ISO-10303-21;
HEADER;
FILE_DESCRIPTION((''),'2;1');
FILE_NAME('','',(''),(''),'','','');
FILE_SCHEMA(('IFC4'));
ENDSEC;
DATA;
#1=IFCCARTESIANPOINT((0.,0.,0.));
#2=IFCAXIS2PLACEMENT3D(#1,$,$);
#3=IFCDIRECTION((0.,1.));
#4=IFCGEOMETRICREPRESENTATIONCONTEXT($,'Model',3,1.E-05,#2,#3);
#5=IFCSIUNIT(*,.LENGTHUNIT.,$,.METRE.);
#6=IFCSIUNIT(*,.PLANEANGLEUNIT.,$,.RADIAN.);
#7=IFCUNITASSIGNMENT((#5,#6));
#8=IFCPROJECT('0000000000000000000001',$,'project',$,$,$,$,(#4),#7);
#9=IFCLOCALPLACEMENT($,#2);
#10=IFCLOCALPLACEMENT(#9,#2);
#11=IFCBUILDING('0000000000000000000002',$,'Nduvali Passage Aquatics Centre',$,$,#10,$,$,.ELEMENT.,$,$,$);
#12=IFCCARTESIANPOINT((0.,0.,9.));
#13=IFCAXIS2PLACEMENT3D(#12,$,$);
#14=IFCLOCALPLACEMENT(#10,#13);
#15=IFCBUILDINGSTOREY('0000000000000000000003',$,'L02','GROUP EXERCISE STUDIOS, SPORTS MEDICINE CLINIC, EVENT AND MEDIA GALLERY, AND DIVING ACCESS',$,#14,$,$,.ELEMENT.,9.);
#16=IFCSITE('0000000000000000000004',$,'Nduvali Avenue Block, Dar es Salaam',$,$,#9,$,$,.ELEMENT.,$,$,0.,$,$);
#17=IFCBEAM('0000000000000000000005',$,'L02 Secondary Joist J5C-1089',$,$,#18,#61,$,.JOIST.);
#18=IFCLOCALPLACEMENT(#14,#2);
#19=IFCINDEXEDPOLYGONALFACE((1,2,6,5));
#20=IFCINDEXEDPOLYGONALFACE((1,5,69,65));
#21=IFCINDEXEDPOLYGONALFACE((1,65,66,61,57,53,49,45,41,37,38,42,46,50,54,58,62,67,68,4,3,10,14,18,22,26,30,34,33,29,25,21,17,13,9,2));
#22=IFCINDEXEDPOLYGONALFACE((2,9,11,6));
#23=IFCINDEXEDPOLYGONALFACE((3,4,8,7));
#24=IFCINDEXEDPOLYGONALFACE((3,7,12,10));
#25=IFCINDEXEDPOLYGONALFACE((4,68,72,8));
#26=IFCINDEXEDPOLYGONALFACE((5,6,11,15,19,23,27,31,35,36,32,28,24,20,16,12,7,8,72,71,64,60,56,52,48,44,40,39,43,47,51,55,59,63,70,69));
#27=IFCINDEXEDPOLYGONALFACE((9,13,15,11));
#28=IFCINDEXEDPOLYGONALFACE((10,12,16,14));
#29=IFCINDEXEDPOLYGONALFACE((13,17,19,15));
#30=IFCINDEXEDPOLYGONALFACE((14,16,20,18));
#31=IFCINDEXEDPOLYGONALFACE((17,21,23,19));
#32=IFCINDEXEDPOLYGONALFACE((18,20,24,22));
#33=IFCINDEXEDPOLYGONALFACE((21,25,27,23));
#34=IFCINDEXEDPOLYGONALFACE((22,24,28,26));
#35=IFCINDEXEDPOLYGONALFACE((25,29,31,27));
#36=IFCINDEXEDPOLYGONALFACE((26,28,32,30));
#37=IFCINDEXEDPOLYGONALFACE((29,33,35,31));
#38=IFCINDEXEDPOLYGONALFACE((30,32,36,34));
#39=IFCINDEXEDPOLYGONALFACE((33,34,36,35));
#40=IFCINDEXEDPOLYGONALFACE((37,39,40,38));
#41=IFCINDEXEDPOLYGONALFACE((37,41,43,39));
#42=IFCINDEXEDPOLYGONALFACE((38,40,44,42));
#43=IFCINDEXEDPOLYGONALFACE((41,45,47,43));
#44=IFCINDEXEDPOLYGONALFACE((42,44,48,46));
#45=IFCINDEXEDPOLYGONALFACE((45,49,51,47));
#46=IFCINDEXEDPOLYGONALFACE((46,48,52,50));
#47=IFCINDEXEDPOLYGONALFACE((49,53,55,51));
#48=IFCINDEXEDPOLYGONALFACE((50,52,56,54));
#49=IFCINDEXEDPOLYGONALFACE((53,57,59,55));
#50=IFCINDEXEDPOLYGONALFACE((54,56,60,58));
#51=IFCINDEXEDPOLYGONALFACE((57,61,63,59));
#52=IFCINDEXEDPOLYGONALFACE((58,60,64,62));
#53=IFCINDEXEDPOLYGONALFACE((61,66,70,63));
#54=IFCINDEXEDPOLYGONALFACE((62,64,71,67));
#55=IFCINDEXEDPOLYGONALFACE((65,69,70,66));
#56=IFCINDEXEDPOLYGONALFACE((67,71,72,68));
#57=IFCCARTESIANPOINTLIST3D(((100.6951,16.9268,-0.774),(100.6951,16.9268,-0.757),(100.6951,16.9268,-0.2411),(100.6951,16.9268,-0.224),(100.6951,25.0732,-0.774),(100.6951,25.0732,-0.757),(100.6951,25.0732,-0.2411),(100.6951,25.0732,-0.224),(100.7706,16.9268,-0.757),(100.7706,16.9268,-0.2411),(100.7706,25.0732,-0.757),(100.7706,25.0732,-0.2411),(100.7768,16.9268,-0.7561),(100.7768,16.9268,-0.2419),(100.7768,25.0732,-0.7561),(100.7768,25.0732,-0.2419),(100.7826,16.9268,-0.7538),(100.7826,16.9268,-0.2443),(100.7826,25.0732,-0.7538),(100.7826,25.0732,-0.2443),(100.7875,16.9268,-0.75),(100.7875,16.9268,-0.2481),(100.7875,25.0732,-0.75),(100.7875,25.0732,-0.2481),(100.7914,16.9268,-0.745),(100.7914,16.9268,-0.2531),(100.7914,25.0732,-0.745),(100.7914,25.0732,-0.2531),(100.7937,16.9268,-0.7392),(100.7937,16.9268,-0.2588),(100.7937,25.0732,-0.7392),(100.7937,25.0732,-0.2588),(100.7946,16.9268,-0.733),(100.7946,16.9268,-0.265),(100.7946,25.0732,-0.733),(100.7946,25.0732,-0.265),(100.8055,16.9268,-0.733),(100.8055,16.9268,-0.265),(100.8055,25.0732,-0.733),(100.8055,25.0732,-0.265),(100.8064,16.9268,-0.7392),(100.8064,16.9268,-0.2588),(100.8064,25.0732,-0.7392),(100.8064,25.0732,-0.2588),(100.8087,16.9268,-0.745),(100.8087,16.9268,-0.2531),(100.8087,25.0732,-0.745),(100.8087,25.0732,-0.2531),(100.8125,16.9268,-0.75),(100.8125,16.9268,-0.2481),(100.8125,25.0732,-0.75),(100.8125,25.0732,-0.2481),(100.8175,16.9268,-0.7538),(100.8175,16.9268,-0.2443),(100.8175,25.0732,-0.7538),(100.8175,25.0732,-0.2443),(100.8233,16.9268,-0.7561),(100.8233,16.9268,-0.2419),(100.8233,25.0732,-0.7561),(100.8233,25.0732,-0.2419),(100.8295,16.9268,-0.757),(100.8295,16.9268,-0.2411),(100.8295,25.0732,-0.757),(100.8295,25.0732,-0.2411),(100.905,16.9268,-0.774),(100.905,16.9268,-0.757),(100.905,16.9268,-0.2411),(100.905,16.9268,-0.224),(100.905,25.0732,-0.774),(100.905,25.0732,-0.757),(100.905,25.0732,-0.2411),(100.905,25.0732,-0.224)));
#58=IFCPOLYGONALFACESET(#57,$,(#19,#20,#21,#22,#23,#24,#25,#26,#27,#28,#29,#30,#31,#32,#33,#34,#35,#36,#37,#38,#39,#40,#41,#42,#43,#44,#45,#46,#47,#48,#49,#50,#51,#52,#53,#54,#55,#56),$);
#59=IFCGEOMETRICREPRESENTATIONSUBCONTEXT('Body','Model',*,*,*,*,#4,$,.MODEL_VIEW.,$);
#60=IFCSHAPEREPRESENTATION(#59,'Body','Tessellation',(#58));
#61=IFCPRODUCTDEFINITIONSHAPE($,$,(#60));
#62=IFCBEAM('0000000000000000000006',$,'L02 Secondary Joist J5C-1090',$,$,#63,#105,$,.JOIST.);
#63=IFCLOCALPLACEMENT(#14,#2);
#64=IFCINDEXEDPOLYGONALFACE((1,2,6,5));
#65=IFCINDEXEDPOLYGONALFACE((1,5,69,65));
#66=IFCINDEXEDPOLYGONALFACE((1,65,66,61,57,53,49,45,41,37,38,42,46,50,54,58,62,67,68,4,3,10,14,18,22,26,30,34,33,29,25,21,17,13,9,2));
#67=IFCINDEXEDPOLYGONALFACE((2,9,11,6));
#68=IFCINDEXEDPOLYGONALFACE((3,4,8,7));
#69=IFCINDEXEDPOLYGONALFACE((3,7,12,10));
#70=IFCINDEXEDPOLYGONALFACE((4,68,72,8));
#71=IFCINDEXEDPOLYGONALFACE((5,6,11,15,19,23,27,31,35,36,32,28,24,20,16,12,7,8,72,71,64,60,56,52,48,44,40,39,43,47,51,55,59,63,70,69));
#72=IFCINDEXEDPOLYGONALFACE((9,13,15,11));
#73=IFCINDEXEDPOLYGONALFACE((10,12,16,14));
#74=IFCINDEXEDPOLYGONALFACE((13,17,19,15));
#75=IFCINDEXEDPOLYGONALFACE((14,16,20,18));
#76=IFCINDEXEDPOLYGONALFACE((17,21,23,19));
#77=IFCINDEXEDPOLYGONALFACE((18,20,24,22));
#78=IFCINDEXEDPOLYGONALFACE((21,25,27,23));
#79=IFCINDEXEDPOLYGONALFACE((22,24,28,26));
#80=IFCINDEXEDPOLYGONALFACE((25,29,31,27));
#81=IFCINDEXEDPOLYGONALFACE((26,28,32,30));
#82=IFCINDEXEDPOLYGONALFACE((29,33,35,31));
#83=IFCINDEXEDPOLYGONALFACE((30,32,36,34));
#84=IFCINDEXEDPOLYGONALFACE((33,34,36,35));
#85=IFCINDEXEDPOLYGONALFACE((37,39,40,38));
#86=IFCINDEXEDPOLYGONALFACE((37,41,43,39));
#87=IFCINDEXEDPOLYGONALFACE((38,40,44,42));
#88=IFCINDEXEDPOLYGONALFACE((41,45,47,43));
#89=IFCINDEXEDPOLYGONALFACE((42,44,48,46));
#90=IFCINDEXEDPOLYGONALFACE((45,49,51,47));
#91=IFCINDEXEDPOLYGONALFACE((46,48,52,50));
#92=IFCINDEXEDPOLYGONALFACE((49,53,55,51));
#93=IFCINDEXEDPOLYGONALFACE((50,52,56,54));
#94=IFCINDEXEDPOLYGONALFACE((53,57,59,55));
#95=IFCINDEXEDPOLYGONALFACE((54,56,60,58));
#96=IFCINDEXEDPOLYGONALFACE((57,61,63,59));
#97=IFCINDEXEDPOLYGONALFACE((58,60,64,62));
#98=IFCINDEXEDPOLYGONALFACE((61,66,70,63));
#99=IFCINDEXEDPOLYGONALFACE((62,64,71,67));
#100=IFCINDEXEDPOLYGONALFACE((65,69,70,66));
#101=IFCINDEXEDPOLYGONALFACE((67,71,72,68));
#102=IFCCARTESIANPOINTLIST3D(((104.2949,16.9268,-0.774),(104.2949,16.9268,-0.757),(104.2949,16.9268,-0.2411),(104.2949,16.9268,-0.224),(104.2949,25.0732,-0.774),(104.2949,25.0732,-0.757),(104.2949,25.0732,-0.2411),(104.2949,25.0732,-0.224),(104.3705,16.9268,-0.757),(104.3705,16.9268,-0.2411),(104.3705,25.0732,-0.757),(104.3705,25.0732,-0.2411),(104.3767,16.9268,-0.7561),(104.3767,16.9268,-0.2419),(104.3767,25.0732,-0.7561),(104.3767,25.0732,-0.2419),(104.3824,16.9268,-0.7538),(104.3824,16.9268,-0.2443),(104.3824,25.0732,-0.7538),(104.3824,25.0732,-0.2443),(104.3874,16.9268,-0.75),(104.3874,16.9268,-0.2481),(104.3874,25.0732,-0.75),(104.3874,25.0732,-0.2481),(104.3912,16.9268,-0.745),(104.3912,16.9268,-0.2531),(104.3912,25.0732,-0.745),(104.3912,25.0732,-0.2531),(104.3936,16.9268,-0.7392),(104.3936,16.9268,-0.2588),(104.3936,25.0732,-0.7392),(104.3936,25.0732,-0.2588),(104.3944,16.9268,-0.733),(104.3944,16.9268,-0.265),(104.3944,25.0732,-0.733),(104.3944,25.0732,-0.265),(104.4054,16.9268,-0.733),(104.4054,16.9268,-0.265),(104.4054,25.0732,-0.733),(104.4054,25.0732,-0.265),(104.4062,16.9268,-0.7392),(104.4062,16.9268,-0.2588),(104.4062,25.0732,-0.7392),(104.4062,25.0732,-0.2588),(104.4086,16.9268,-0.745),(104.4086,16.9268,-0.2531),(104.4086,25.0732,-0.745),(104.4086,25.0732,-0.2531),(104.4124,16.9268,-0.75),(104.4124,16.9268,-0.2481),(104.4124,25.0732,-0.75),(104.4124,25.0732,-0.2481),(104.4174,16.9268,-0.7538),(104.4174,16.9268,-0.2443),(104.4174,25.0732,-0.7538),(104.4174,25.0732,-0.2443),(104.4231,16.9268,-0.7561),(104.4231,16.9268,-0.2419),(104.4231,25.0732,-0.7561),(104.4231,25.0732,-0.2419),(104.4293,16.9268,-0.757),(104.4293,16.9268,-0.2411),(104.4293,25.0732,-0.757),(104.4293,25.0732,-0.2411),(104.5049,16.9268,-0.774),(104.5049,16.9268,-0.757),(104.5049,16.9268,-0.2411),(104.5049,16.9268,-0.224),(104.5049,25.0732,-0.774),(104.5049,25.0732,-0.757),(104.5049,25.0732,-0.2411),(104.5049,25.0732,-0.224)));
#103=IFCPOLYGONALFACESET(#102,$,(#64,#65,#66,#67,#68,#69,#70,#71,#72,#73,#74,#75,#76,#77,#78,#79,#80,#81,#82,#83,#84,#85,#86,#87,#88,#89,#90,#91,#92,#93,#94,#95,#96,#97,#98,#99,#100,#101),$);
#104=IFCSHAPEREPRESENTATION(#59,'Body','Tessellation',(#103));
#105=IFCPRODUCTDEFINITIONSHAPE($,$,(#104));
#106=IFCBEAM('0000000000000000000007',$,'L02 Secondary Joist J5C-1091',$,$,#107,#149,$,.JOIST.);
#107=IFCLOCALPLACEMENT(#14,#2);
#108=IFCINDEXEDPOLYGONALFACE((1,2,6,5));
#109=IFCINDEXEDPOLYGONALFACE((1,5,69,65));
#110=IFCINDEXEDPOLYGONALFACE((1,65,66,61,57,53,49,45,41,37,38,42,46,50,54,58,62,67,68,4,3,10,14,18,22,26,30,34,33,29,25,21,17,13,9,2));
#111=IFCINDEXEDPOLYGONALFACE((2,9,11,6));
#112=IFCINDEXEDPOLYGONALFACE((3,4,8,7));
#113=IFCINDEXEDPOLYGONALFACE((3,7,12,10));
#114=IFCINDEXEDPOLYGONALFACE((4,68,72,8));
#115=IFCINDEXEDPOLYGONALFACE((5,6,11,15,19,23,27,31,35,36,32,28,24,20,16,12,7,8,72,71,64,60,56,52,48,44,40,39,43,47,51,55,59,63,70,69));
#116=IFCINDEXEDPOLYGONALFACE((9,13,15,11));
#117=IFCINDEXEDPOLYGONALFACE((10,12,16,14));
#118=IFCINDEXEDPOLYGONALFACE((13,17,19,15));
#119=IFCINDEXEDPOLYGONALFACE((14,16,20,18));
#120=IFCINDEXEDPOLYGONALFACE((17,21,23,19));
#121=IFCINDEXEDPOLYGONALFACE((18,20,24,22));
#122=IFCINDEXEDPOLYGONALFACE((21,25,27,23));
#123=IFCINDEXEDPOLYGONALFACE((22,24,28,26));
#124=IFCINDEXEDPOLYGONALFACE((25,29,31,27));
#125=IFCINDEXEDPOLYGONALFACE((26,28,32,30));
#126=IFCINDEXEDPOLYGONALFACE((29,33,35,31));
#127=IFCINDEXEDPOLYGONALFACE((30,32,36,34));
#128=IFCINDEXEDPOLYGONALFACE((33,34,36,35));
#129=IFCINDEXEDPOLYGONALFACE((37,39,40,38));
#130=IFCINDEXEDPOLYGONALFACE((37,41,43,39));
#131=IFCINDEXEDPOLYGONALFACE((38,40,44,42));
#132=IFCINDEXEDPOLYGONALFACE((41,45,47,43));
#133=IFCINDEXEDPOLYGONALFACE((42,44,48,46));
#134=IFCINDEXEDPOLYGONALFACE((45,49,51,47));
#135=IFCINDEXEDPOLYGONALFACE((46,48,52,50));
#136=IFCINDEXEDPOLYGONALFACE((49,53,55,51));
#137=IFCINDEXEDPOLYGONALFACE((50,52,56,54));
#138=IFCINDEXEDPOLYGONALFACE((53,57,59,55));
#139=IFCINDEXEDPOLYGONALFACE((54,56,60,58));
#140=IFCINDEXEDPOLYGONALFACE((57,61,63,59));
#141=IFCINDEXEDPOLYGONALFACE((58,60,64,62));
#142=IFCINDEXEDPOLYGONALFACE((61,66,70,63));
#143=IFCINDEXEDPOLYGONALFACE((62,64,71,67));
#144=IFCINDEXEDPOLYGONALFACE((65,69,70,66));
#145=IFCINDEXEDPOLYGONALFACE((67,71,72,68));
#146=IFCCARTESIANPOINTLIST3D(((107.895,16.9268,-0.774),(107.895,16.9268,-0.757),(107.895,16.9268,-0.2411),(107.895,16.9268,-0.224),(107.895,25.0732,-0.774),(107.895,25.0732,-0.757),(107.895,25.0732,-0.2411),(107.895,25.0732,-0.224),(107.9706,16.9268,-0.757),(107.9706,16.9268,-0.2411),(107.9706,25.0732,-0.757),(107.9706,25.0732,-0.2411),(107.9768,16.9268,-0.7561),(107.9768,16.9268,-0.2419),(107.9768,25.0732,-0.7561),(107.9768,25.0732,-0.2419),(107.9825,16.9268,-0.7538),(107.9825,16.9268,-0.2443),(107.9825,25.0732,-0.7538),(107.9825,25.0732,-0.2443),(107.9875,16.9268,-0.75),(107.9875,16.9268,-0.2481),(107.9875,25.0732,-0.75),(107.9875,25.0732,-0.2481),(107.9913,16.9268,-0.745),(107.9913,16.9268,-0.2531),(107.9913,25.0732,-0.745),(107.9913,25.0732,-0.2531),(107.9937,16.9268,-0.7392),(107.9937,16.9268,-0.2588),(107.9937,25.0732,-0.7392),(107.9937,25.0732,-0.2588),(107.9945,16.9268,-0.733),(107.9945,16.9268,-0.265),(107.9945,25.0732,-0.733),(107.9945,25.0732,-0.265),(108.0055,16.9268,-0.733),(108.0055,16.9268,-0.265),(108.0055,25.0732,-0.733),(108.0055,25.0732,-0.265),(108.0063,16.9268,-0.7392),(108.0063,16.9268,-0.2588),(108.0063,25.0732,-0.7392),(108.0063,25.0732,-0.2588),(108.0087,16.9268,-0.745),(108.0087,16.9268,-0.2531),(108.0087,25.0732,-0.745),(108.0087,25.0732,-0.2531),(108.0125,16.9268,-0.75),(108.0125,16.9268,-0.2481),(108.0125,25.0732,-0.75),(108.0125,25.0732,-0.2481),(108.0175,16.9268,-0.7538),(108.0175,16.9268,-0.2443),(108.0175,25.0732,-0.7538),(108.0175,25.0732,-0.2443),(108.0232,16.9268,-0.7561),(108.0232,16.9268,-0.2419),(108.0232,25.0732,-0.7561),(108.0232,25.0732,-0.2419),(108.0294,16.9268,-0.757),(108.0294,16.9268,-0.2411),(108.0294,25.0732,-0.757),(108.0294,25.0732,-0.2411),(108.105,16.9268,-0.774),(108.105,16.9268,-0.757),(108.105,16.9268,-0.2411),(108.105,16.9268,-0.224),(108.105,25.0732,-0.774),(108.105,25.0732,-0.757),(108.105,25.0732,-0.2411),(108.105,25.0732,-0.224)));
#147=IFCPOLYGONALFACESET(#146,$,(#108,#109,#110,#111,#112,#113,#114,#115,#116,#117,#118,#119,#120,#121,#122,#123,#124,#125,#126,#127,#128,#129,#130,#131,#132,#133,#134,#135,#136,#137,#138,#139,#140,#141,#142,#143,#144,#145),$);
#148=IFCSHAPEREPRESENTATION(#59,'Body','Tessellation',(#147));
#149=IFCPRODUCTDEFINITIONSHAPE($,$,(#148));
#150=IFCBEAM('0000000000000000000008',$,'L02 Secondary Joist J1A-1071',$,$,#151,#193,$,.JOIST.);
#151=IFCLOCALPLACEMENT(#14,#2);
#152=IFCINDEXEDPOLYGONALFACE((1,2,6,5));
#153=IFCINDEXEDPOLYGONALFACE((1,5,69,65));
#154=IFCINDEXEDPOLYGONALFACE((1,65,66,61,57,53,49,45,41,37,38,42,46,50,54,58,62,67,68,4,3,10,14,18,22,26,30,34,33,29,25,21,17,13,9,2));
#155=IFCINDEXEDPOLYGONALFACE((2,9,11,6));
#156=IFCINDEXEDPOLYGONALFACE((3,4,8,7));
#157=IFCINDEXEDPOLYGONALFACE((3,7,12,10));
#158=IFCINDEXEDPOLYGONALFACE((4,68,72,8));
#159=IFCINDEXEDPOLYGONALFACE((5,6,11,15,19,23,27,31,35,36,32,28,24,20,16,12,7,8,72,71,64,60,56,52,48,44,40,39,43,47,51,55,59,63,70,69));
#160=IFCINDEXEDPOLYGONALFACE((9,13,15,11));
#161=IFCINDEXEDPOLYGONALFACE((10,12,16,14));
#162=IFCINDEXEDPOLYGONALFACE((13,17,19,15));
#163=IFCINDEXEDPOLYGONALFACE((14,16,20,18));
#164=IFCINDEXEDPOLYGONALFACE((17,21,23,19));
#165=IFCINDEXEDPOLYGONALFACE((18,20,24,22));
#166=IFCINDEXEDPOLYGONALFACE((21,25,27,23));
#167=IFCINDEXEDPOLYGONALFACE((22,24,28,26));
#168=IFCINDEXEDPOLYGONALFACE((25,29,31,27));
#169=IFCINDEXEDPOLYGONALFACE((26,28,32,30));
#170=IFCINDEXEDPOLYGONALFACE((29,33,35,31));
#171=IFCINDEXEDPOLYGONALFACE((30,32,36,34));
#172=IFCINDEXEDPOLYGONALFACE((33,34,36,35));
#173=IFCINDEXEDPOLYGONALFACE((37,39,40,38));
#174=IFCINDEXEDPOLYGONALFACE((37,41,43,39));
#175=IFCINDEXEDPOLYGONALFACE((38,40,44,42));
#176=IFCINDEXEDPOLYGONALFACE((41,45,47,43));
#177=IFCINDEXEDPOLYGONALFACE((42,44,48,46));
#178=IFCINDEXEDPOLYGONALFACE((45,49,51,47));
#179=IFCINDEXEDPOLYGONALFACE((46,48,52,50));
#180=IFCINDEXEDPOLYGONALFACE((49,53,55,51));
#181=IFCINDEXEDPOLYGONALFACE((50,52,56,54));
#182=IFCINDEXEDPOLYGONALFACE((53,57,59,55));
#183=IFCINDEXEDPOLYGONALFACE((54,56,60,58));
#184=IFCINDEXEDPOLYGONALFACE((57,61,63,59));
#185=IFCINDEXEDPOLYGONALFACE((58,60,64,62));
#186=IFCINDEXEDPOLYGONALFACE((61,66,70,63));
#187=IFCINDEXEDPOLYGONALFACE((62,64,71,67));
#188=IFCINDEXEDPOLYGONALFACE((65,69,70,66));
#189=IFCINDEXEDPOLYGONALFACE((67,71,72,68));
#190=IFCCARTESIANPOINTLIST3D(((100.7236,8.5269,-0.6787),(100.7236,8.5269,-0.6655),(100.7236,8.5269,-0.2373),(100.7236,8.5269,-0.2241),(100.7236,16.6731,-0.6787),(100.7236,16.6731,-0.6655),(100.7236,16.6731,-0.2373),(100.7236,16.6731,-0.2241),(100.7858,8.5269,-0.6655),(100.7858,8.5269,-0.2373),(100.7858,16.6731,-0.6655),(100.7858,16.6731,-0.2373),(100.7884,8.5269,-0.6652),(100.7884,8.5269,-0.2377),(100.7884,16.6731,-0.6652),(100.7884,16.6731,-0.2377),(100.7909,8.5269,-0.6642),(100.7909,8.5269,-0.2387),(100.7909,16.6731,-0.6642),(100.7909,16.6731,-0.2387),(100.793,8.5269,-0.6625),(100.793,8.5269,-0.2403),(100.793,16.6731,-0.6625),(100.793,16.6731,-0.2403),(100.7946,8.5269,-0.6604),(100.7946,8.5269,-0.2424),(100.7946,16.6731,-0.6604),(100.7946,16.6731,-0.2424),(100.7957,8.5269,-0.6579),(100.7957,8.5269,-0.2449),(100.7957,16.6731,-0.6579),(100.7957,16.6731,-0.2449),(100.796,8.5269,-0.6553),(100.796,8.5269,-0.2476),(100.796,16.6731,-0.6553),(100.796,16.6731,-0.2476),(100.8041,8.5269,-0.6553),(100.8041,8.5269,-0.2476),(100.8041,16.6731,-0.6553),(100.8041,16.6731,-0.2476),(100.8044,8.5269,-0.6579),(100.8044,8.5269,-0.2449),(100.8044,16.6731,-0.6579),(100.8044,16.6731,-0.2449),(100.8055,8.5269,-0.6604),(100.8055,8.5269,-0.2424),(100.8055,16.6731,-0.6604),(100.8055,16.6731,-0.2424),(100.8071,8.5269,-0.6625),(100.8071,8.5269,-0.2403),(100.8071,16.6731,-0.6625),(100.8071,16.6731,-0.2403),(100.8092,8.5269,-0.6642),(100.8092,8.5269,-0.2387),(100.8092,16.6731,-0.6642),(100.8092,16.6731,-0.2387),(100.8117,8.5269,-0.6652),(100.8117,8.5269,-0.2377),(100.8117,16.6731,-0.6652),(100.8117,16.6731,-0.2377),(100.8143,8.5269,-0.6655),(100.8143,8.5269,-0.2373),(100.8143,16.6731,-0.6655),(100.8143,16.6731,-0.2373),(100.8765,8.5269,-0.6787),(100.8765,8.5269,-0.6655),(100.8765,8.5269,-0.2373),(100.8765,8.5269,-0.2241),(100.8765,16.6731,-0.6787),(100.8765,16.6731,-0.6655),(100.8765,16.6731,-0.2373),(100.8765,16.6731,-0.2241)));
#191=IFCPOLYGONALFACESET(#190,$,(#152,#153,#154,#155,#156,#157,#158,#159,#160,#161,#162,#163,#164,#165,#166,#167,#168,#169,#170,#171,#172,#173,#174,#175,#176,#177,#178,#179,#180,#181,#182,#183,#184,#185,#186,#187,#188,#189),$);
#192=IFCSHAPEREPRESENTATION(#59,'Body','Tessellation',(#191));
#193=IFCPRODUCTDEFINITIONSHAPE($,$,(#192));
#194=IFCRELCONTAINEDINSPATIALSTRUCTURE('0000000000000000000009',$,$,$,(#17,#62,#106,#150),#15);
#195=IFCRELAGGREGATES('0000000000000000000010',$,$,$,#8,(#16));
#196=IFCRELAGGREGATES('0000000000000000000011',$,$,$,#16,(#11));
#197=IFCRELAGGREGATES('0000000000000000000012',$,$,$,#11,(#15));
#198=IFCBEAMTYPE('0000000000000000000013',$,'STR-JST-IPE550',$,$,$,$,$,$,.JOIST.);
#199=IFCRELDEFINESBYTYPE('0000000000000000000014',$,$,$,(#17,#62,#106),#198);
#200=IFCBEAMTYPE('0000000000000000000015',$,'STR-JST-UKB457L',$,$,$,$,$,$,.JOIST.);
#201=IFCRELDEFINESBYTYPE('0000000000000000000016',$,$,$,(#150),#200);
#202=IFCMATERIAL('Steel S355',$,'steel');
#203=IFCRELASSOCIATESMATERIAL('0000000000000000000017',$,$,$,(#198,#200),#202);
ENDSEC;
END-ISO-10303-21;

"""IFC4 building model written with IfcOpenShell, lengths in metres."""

from ifc_helpers import new_model, si_unit, direction, frame, origin, origin_2d, place, context, subcontext, project, spatial, i_section, extrude, material, material_profile, profile_set, type_object, element, save


model = new_model("IFC4")

# Units and contexts
model_context = context("Model", 3, precision=1e-05, world=origin(), true_north=direction((0.0, 1.0)))
body_context = subcontext(model_context, "Body", "Model", "MODEL_VIEW")
ifc_project = project(units=[si_unit("LENGTHUNIT", "METRE"), si_unit("PLANEANGLEUNIT", "RADIAN")], contexts=[model_context])

# Site, building, storey
site_placement = place(None, origin())
site = spatial("IfcSite", under=ifc_project, at=site_placement, Name="Nduvali Avenue Block, Dar es Salaam", CompositionType="ELEMENT", RefElevation=0.0)
building_placement = place(site_placement, origin())
building = spatial("IfcBuilding", under=site, at=building_placement, Name="Nduvali Passage Aquatics Centre", CompositionType="ELEMENT")
storey_placement = place(building_placement, frame((0.0, 0.0, 9.0)))
storey = spatial("IfcBuildingStorey", under=building, at=storey_placement, Name="L02", Description="GROUP EXERCISE STUDIOS, SPORTS MEDICINE CLINIC, EVENT AND MEDIA GALLERY, AND DIVING ACCESS", CompositionType="ELEMENT", Elevation=9.0)

# Beams
ifc_material_1 = material(Name="Steel S355", Category="steel")
ifc_material_profile_1 = material_profile(ifc_material_1, i_section(OverallWidth=0.21, OverallDepth=0.55, WebThickness=0.011, FlangeThickness=0.0171, FilletRadius=0.0239, at=origin_2d()), Name="IPE 550")
ifc_profile_set_1 = profile_set([ifc_material_profile_1], Name="Steel S355")
beam_type_1 = type_object("IfcBeamType", Name="STR-JST-IPE550", PredefinedType="JOIST", material=ifc_profile_set_1)
for number, where, z_axis, x_axis, name in (
    (1, (100.8, 16.9268, -0.499), (0.0, 1.0, 0.0), (-1.0, 0.0, 0.0), "L02 Secondary Joist J5C-1089"),
    (2, (104.3999, 16.9268, -0.499), (0.0, 1.0, 0.0), (-1.0, 0.0, 0.0), "L02 Secondary Joist J5C-1090"),
    (3, (108.0, 16.9268, -0.499), (0.0, 1.0, 0.0), (-1.0, 0.0, 0.0), "L02 Secondary Joist J5C-1091"),
):
    element("IfcBeam", number, at=place(storey_placement, frame(where, z_axis=z_axis, x_axis=x_axis)), inside=storey, type_object=beam_type_1, Name=name, PredefinedType="JOIST", context=body_context, shape_type="SweptSolid", body=[
        extrude(i_section(OverallWidth=0.21, OverallDepth=0.55, WebThickness=0.011, FlangeThickness=0.0171, FilletRadius=0.0239, at=origin_2d()), origin(), (0.0, 0.0, 1.0), 8.1465),
    ])
ifc_material_profile_2 = material_profile(ifc_material_1, i_section(OverallWidth=0.1528, OverallDepth=0.4546, WebThickness=0.0081, FlangeThickness=0.0132, FilletRadius=0.0103, at=origin_2d()), Name="UKB 457x152x60")
ifc_profile_set_2 = profile_set([ifc_material_profile_2], Name="Steel S355")
beam_type_2 = type_object("IfcBeamType", Name="STR-JST-UKB457L", PredefinedType="JOIST", material=ifc_profile_set_2)
for number, where, z_axis, x_axis, name in (
    (4, (100.8, 8.5269, -0.4514), (0.0, 1.0, 0.0), (-1.0, 0.0, 0.0), "L02 Secondary Joist J1A-1071"),
):
    element("IfcBeam", number, at=place(storey_placement, frame(where, z_axis=z_axis, x_axis=x_axis)), inside=storey, type_object=beam_type_2, Name=name, PredefinedType="JOIST", context=body_context, shape_type="SweptSolid", body=[
        extrude(i_section(OverallWidth=0.1528, OverallDepth=0.4546, WebThickness=0.0081, FlangeThickness=0.0132, FilletRadius=0.0103, at=origin_2d()), origin(), (0.0, 0.0, 1.0), 8.1462),
    ])

save(model, "model.ifc")
